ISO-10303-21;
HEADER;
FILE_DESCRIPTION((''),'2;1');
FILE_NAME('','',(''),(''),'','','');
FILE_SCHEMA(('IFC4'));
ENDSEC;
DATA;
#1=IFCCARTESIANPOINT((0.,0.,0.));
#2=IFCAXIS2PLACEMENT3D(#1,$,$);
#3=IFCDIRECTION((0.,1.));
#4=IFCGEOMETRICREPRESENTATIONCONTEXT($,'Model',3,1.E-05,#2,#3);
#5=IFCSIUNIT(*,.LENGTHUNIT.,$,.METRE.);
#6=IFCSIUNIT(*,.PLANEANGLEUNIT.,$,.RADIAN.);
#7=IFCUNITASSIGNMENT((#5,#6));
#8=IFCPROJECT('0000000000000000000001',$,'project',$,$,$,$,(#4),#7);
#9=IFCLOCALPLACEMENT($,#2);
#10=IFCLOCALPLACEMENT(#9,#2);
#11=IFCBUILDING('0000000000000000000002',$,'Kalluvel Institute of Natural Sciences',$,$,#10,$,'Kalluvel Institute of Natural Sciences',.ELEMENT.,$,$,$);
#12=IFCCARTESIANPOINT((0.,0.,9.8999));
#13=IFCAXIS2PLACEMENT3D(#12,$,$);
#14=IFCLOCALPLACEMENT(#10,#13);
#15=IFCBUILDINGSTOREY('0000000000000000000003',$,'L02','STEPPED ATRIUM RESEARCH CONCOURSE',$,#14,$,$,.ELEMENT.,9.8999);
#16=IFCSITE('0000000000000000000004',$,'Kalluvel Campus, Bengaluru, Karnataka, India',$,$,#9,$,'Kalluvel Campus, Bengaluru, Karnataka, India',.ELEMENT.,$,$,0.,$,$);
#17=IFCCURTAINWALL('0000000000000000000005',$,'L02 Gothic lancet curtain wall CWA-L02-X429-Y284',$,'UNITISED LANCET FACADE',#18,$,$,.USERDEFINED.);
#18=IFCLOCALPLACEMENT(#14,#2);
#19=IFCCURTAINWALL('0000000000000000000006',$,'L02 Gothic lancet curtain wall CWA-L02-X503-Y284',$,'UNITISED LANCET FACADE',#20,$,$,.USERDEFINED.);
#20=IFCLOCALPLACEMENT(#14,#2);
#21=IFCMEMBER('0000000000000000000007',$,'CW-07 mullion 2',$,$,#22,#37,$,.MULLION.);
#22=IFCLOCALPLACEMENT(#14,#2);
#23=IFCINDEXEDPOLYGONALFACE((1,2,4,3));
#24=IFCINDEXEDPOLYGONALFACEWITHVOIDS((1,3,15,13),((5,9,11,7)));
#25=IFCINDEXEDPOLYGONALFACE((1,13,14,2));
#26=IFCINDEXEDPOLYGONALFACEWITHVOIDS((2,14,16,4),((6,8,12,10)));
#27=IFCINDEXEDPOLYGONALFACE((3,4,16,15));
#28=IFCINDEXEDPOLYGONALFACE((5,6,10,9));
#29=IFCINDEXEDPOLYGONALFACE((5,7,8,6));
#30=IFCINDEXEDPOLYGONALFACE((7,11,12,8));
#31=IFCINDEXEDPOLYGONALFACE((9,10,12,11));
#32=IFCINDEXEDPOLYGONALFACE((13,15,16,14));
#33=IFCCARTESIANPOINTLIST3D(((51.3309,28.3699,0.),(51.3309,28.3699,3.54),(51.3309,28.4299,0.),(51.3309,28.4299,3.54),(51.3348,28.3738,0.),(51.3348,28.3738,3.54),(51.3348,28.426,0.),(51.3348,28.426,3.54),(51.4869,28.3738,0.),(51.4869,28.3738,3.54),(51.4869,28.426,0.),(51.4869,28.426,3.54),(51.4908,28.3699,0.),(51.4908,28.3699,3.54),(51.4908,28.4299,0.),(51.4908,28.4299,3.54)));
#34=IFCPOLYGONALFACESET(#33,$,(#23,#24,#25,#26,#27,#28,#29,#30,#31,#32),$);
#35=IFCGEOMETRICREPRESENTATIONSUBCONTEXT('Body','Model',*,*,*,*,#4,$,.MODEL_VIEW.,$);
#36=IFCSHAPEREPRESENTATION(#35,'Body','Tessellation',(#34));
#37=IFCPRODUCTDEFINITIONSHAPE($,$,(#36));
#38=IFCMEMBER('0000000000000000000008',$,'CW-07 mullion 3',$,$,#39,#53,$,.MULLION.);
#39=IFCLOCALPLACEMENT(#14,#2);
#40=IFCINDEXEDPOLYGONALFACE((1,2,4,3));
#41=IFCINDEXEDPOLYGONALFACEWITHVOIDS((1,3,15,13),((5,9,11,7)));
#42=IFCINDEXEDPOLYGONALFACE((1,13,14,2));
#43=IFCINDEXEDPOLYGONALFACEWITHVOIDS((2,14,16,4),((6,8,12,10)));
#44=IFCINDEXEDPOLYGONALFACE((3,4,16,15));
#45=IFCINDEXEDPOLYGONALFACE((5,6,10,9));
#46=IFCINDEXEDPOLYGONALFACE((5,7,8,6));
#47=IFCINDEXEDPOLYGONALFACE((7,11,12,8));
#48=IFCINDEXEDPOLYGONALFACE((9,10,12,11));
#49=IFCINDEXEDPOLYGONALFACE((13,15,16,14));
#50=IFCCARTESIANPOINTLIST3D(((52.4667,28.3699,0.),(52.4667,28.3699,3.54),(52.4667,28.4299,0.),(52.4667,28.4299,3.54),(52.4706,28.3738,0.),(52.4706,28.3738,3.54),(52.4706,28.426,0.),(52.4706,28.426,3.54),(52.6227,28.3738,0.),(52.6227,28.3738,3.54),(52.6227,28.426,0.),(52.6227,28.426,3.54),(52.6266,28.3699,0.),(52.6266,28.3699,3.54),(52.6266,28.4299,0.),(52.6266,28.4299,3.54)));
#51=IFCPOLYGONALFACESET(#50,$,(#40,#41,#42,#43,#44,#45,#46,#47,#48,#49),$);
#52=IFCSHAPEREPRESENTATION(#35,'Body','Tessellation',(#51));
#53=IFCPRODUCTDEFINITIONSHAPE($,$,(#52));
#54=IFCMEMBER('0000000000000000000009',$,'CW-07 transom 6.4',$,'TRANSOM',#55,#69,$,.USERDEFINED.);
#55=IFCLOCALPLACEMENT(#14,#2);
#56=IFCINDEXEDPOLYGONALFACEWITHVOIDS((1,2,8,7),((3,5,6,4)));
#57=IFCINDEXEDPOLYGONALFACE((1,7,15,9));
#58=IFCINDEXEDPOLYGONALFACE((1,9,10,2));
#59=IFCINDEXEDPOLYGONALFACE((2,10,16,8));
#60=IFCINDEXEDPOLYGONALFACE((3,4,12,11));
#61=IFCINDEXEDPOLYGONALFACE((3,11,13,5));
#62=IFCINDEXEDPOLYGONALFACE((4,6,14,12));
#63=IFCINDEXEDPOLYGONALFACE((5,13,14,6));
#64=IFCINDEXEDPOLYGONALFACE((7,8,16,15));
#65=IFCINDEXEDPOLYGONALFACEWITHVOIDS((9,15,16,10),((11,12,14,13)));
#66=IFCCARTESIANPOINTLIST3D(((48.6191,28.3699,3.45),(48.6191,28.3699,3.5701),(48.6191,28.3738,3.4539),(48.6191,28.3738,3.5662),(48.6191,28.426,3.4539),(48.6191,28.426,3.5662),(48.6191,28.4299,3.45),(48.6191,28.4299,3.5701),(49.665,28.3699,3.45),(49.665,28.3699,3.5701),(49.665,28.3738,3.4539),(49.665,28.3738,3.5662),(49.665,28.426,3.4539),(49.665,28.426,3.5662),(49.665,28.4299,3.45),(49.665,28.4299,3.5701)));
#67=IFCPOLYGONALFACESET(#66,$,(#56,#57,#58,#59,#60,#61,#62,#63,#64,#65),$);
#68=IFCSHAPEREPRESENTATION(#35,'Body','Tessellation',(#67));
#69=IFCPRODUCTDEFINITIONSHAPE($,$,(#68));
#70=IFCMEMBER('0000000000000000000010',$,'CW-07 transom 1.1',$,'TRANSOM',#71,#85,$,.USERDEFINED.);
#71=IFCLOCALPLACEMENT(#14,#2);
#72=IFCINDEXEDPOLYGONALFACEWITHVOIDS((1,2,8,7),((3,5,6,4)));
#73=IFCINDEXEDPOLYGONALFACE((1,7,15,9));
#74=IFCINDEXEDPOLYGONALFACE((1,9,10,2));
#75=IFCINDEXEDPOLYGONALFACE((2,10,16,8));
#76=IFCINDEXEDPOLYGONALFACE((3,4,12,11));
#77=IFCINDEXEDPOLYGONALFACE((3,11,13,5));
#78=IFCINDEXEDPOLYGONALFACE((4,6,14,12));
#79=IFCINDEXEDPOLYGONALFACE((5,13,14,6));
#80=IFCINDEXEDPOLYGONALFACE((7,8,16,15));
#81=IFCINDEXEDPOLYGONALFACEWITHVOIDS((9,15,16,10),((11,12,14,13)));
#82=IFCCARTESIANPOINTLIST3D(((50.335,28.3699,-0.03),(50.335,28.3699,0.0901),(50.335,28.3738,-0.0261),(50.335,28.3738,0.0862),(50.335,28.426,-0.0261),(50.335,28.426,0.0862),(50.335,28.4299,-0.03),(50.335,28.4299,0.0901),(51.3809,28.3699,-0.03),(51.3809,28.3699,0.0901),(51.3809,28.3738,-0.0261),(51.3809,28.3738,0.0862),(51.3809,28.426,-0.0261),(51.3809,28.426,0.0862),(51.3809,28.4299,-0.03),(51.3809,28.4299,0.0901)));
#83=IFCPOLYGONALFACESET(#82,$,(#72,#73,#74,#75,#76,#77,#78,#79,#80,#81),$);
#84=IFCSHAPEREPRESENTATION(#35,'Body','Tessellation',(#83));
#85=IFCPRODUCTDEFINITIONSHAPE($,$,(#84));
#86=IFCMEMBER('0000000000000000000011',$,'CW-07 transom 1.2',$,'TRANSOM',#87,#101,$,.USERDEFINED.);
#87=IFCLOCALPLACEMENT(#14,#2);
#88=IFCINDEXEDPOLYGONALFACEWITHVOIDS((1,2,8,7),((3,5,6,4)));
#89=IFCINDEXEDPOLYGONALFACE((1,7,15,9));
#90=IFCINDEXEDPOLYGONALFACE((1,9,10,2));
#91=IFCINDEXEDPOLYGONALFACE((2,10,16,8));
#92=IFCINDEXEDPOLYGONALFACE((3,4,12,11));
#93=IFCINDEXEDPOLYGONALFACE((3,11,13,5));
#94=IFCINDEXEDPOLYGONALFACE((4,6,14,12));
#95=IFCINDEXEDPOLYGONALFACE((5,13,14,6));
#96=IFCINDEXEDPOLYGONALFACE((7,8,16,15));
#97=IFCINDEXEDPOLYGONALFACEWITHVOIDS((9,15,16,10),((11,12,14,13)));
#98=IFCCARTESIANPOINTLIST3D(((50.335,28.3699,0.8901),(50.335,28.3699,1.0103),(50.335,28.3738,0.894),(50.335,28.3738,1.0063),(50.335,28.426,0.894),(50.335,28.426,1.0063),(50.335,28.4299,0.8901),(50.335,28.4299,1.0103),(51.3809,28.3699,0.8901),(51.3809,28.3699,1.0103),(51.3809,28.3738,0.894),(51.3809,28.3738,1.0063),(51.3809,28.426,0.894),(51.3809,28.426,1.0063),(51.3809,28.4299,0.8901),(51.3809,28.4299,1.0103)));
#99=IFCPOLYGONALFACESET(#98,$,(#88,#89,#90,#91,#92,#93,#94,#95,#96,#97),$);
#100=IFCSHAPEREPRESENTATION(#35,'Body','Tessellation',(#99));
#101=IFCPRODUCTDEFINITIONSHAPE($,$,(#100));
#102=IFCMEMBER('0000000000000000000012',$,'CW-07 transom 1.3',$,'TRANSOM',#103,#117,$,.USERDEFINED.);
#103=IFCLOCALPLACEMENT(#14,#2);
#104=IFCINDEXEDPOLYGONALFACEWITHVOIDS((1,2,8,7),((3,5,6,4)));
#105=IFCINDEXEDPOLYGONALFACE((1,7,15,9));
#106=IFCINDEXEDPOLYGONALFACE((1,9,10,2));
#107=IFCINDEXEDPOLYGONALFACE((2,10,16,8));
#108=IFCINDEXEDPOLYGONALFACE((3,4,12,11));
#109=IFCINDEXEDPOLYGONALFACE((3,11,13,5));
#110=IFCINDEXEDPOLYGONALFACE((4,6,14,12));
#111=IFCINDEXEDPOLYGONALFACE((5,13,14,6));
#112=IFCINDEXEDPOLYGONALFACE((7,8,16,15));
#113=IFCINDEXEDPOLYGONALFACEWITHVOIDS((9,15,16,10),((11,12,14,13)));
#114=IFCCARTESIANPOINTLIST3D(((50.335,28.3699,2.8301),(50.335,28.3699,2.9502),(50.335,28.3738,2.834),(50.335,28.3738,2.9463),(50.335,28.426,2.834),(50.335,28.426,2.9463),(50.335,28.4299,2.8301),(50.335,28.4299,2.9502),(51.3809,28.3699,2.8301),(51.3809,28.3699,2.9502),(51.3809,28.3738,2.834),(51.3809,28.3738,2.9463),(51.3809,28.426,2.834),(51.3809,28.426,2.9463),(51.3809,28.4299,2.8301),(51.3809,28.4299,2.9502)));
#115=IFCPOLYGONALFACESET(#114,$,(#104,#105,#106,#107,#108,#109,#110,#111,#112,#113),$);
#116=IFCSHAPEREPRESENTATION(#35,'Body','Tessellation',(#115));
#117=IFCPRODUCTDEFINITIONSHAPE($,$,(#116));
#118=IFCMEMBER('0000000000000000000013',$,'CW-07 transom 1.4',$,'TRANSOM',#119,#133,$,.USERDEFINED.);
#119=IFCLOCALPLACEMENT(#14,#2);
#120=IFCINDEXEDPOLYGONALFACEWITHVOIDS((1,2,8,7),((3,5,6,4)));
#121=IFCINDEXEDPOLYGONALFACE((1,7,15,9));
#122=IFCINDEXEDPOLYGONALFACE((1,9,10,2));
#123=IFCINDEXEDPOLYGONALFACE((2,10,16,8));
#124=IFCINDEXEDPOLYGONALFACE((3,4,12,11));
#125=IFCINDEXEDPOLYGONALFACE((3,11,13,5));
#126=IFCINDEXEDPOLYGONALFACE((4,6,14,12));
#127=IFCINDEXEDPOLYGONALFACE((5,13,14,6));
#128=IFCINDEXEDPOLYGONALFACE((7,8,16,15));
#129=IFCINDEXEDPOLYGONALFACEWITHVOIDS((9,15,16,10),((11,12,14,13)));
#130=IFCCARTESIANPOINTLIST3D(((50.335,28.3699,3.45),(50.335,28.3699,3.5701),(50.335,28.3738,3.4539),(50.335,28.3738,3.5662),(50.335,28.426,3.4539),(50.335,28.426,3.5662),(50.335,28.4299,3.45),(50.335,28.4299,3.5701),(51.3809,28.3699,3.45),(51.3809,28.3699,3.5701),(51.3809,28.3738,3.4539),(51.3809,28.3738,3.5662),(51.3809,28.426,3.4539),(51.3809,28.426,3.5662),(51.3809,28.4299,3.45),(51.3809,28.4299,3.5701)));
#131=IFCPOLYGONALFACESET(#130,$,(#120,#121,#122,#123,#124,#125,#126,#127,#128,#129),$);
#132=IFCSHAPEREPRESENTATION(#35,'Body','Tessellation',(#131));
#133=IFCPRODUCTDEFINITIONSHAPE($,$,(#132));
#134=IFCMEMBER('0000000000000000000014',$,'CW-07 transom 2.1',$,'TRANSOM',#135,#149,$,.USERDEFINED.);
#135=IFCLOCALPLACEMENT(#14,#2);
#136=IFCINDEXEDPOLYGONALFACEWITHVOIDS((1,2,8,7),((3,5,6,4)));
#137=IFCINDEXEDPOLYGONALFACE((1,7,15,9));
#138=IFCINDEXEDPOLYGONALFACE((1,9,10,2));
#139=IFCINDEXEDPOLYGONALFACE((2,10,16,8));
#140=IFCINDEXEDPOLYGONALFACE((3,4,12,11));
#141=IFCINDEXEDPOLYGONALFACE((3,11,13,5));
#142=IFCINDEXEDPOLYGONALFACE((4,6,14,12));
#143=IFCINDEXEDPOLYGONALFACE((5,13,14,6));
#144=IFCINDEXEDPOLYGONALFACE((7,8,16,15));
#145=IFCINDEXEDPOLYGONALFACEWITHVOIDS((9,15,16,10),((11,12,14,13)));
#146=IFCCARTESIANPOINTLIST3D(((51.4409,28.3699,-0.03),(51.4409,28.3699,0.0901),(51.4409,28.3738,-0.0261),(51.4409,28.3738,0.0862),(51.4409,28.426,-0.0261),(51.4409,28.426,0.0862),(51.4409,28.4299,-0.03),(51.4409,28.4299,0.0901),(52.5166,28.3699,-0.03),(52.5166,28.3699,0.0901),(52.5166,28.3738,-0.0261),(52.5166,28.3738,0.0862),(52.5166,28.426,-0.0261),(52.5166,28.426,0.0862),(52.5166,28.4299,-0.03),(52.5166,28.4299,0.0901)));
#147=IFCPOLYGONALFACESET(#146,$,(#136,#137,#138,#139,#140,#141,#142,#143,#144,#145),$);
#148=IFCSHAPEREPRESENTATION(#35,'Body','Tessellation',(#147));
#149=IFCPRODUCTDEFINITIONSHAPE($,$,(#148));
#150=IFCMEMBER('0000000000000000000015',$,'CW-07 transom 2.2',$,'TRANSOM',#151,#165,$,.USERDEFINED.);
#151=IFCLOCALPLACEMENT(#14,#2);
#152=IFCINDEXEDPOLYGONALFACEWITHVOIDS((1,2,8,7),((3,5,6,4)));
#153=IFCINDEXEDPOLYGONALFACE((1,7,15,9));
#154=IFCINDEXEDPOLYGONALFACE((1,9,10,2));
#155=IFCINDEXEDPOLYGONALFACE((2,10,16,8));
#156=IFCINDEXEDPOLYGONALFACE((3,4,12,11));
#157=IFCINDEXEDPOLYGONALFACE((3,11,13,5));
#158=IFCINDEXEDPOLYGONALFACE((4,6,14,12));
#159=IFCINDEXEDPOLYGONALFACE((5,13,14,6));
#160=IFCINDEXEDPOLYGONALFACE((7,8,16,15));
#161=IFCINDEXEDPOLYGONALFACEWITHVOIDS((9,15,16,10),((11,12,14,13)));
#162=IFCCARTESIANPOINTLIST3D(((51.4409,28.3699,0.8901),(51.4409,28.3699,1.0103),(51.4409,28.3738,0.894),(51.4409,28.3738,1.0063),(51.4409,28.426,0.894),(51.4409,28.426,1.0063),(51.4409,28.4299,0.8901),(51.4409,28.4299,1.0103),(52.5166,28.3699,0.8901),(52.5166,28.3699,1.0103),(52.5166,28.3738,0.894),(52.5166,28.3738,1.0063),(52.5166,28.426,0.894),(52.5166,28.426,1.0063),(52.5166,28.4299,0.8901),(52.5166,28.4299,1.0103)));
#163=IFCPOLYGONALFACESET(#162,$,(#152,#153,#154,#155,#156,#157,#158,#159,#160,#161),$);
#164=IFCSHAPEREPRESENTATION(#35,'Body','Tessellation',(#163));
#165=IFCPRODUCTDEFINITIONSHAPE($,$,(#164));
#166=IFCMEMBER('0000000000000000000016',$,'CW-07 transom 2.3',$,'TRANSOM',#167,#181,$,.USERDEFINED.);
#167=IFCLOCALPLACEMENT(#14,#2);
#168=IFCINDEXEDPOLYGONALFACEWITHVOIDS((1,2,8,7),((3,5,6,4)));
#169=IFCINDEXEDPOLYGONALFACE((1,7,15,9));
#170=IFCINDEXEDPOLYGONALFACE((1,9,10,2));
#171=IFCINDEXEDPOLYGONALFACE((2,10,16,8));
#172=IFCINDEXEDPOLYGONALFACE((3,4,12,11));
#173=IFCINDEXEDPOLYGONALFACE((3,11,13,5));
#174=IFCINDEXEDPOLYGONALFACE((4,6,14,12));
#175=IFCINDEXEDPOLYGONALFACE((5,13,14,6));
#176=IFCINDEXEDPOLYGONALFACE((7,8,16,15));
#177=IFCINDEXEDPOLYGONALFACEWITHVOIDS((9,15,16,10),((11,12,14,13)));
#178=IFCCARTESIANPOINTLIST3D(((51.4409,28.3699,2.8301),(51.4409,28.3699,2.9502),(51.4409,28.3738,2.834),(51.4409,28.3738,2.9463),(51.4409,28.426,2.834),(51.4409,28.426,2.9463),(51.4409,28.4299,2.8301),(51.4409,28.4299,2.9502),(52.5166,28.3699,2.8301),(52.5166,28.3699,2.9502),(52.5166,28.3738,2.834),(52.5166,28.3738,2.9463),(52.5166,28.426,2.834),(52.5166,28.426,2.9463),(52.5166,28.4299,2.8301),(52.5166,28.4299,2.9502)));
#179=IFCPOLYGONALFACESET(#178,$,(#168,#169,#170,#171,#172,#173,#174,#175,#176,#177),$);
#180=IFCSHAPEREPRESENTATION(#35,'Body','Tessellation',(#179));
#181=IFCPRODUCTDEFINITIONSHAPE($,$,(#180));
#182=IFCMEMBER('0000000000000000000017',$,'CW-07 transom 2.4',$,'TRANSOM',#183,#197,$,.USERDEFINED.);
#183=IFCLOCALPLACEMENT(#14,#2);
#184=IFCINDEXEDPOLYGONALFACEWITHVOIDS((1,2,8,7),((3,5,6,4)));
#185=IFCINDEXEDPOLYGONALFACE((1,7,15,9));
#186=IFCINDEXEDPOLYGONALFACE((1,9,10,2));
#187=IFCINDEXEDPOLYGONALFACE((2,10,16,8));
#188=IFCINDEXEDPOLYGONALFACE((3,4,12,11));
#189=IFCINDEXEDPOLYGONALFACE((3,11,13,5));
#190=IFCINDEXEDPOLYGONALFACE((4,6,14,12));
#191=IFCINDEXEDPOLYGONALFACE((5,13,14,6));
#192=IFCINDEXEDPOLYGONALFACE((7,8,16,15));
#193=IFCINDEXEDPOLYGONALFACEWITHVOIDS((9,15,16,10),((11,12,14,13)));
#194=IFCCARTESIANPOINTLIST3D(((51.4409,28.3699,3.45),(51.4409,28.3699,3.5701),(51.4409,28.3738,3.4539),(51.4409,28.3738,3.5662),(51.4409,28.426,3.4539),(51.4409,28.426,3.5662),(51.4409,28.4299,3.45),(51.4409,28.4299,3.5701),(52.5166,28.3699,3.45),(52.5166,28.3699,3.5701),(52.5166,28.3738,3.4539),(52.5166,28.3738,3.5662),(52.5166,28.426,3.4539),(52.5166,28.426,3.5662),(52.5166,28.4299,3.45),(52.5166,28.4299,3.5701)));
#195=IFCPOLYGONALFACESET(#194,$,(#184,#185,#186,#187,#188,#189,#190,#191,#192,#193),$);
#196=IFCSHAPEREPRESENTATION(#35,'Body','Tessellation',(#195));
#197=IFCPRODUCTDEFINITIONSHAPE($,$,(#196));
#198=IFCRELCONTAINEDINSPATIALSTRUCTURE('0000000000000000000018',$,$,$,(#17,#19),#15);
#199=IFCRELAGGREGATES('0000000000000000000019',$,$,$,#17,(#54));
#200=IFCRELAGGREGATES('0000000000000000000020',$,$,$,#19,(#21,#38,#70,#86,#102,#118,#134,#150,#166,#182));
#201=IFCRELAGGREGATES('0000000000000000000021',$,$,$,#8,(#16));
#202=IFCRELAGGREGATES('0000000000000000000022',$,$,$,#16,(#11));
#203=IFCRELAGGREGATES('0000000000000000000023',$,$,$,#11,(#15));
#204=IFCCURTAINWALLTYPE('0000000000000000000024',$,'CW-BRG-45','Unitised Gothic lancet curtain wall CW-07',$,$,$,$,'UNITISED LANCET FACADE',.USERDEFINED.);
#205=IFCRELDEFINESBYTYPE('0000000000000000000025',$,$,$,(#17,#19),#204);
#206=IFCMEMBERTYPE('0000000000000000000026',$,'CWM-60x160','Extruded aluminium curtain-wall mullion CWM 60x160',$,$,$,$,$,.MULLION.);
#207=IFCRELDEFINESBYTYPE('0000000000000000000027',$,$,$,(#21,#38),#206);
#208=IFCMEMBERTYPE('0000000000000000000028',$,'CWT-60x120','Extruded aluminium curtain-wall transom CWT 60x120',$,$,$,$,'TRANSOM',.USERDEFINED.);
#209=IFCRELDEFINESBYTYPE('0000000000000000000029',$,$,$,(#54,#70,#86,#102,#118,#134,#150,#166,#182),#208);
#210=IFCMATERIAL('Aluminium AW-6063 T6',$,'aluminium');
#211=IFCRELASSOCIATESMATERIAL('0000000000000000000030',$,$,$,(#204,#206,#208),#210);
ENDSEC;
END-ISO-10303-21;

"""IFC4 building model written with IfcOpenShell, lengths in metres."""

from ifc_helpers import new_model, si_unit, direction, frame, origin, origin_2d, place, context, subcontext, project, spatial, hollow_rectangle, extrude, material, material_profile, profile_set, type_object, element, aggregate, save


model = new_model("IFC4")

# Units and contexts
model_context = context("Model", 3, precision=1e-05, world=origin(), true_north=direction((0.0, 1.0)))
body_context = subcontext(model_context, "Body", "Model", "MODEL_VIEW")
ifc_project = project(units=[si_unit("LENGTHUNIT", "METRE"), si_unit("PLANEANGLEUNIT", "RADIAN")], contexts=[model_context])

# Site, building, storey
site_placement = place(None, origin())
site = spatial("IfcSite", under=ifc_project, at=site_placement, Name="Kalluvel Campus, Bengaluru, Karnataka, India", LongName="Kalluvel Campus, Bengaluru, Karnataka, India", CompositionType="ELEMENT", RefElevation=0.0)
building_placement = place(site_placement, origin())
building = spatial("IfcBuilding", under=site, at=building_placement, Name="Kalluvel Institute of Natural Sciences", LongName="Kalluvel Institute of Natural Sciences", CompositionType="ELEMENT")
storey_placement = place(building_placement, frame((0.0, 0.0, 9.8999)))
storey = spatial("IfcBuildingStorey", under=building, at=storey_placement, Name="L02", Description="STEPPED ATRIUM RESEARCH CONCOURSE", CompositionType="ELEMENT", Elevation=9.8999)

# Curtain wall
ifc_material_1 = material(Name="Aluminium AW-6063 T6", Category="aluminium")
curtain_wall_type = type_object("IfcCurtainWallType", Name="CW-BRG-45", Description="Unitised Gothic lancet curtain wall CW-07", ElementType="UNITISED LANCET FACADE", PredefinedType="USERDEFINED", material=ifc_material_1)
curtain_wall_1_placement = place(storey_placement, origin())
curtain_wall_1 = element("IfcCurtainWall", 1, at=curtain_wall_1_placement, inside=storey, type_object=curtain_wall_type, Name="L02 Gothic lancet curtain wall CWA-L02-X429-Y284", ObjectType="UNITISED LANCET FACADE", PredefinedType="USERDEFINED")
ifc_material_profile_1 = material_profile(ifc_material_1, hollow_rectangle(XDim=0.0601, YDim=0.1599, WallThickness=0.0039, at=origin_2d()), Name="CWM 60x160")
ifc_profile_set_1 = profile_set([ifc_material_profile_1], Name="Aluminium AW-6063 T6")
member_type_1 = type_object("IfcMemberType", Name="CWM-60x160", Description="Extruded aluminium curtain-wall mullion CWM 60x160", PredefinedType="MULLION", material=ifc_profile_set_1)

# Curtain wall, members
curtain_wall_2_placement = place(storey_placement, origin())
curtain_wall_2 = element("IfcCurtainWall", 2, at=curtain_wall_2_placement, inside=storey, type_object=curtain_wall_type, Name="L02 Gothic lancet curtain wall CWA-L02-X503-Y284", ObjectType="UNITISED LANCET FACADE", PredefinedType="USERDEFINED")
member_1_placement = place(storey_placement, frame((51.4109, 28.3999, 0.0), z_axis=(0.0, 0.0, 1.0), x_axis=(0.0, 1.0, 0.0)))
member_1 = element("IfcMember", 3, at=member_1_placement, type_object=member_type_1, Name="CW-07 mullion 2", PredefinedType="MULLION", context=body_context, shape_type="SweptSolid", body=[
    extrude(hollow_rectangle(XDim=0.0601, YDim=0.1599, WallThickness=0.0039, at=origin_2d()), origin(), (0.0, 0.0, 1.0), 3.54),
])
member_2_placement = place(storey_placement, frame((52.5466, 28.3999, 0.0), z_axis=(0.0, 0.0, 1.0), x_axis=(0.0, 1.0, 0.0)))
member_2 = element("IfcMember", 4, at=member_2_placement, type_object=member_type_1, Name="CW-07 mullion 3", PredefinedType="MULLION", context=body_context, shape_type="SweptSolid", body=[
    extrude(hollow_rectangle(XDim=0.0601, YDim=0.1599, WallThickness=0.0039, at=origin_2d()), origin(), (0.0, 0.0, 1.0), 3.54),
])

# Members
ifc_material_profile_2 = material_profile(ifc_material_1, hollow_rectangle(XDim=0.0601, YDim=0.1201, WallThickness=0.0039, at=origin_2d()), Name="CWT 60x120")
ifc_profile_set_2 = profile_set([ifc_material_profile_2], Name="Aluminium AW-6063 T6")
member_type_2 = type_object("IfcMemberType", Name="CWT-60x120", Description="Extruded aluminium curtain-wall transom CWT 60x120", ElementType="TRANSOM", PredefinedType="USERDEFINED", material=ifc_profile_set_2)
member_3_placement = place(storey_placement, frame((48.6191, 28.3999, 3.51), z_axis=(1.0, 0.0, 0.0), x_axis=(0.0, 1.0, 0.0)))
member_3 = element("IfcMember", 5, at=member_3_placement, type_object=member_type_2, Name="CW-07 transom 6.4", ObjectType="TRANSOM", PredefinedType="USERDEFINED", context=body_context, shape_type="SweptSolid", body=[
    extrude(hollow_rectangle(XDim=0.0601, YDim=0.1201, WallThickness=0.0039, at=origin_2d()), origin(), (0.0, 0.0, 1.0), 1.0459),
])
member_4_placement = place(storey_placement, frame((50.335, 28.3999, 0.03), z_axis=(1.0, 0.0, 0.0), x_axis=(0.0, 1.0, 0.0)))
member_4 = element("IfcMember", 6, at=member_4_placement, type_object=member_type_2, Name="CW-07 transom 1.1", ObjectType="TRANSOM", PredefinedType="USERDEFINED", context=body_context, shape_type="SweptSolid", body=[
    extrude(hollow_rectangle(XDim=0.0601, YDim=0.1201, WallThickness=0.0039, at=origin_2d()), origin(), (0.0, 0.0, 1.0), 1.0459),
])
member_5_placement = place(storey_placement, frame((50.335, 28.3999, 0.9502), z_axis=(1.0, 0.0, 0.0), x_axis=(0.0, 1.0, 0.0)))
member_5 = element("IfcMember", 7, at=member_5_placement, type_object=member_type_2, Name="CW-07 transom 1.2", ObjectType="TRANSOM", PredefinedType="USERDEFINED", context=body_context, shape_type="SweptSolid", body=[
    extrude(hollow_rectangle(XDim=0.0601, YDim=0.1201, WallThickness=0.0039, at=origin_2d()), origin(), (0.0, 0.0, 1.0), 1.0459),
])
member_6_placement = place(storey_placement, frame((50.335, 28.3999, 2.8901), z_axis=(1.0, 0.0, 0.0), x_axis=(0.0, 1.0, 0.0)))
member_6 = element("IfcMember", 8, at=member_6_placement, type_object=member_type_2, Name="CW-07 transom 1.3", ObjectType="TRANSOM", PredefinedType="USERDEFINED", context=body_context, shape_type="SweptSolid", body=[
    extrude(hollow_rectangle(XDim=0.0601, YDim=0.1201, WallThickness=0.0039, at=origin_2d()), origin(), (0.0, 0.0, 1.0), 1.0459),
])
member_7_placement = place(storey_placement, frame((50.335, 28.3999, 3.51), z_axis=(1.0, 0.0, 0.0), x_axis=(0.0, 1.0, 0.0)))
member_7 = element("IfcMember", 9, at=member_7_placement, type_object=member_type_2, Name="CW-07 transom 1.4", ObjectType="TRANSOM", PredefinedType="USERDEFINED", context=body_context, shape_type="SweptSolid", body=[
    extrude(hollow_rectangle(XDim=0.0601, YDim=0.1201, WallThickness=0.0039, at=origin_2d()), origin(), (0.0, 0.0, 1.0), 1.0459),
])
member_8_placement = place(storey_placement, frame((51.4409, 28.3999, 0.03), z_axis=(1.0, 0.0, 0.0), x_axis=(0.0, 1.0, 0.0)))
member_8 = element("IfcMember", 10, at=member_8_placement, type_object=member_type_2, Name="CW-07 transom 2.1", ObjectType="TRANSOM", PredefinedType="USERDEFINED", context=body_context, shape_type="SweptSolid", body=[
    extrude(hollow_rectangle(XDim=0.0601, YDim=0.1201, WallThickness=0.0039, at=origin_2d()), origin(), (0.0, 0.0, 1.0), 1.0757),
])
member_9_placement = place(storey_placement, frame((51.4409, 28.3999, 0.9502), z_axis=(1.0, 0.0, 0.0), x_axis=(0.0, 1.0, 0.0)))
member_9 = element("IfcMember", 11, at=member_9_placement, type_object=member_type_2, Name="CW-07 transom 2.2", ObjectType="TRANSOM", PredefinedType="USERDEFINED", context=body_context, shape_type="SweptSolid", body=[
    extrude(hollow_rectangle(XDim=0.0601, YDim=0.1201, WallThickness=0.0039, at=origin_2d()), origin(), (0.0, 0.0, 1.0), 1.0757),
])
member_10_placement = place(storey_placement, frame((51.4409, 28.3999, 2.8901), z_axis=(1.0, 0.0, 0.0), x_axis=(0.0, 1.0, 0.0)))
member_10 = element("IfcMember", 12, at=member_10_placement, type_object=member_type_2, Name="CW-07 transom 2.3", ObjectType="TRANSOM", PredefinedType="USERDEFINED", context=body_context, shape_type="SweptSolid", body=[
    extrude(hollow_rectangle(XDim=0.0601, YDim=0.1201, WallThickness=0.0039, at=origin_2d()), origin(), (0.0, 0.0, 1.0), 1.0757),
])
member_11_placement = place(storey_placement, frame((51.4409, 28.3999, 3.51), z_axis=(1.0, 0.0, 0.0), x_axis=(0.0, 1.0, 0.0)))
member_11 = element("IfcMember", 13, at=member_11_placement, type_object=member_type_2, Name="CW-07 transom 2.4", ObjectType="TRANSOM", PredefinedType="USERDEFINED", context=body_context, shape_type="SweptSolid", body=[
    extrude(hollow_rectangle(XDim=0.0601, YDim=0.1201, WallThickness=0.0039, at=origin_2d()), origin(), (0.0, 0.0, 1.0), 1.0757),
])

aggregate(curtain_wall_1, [member_3])
aggregate(curtain_wall_2, [member_1, member_2, member_4, member_5, member_6, member_7, member_8, member_9, member_10, member_11])

save(model, "model.ifc")
